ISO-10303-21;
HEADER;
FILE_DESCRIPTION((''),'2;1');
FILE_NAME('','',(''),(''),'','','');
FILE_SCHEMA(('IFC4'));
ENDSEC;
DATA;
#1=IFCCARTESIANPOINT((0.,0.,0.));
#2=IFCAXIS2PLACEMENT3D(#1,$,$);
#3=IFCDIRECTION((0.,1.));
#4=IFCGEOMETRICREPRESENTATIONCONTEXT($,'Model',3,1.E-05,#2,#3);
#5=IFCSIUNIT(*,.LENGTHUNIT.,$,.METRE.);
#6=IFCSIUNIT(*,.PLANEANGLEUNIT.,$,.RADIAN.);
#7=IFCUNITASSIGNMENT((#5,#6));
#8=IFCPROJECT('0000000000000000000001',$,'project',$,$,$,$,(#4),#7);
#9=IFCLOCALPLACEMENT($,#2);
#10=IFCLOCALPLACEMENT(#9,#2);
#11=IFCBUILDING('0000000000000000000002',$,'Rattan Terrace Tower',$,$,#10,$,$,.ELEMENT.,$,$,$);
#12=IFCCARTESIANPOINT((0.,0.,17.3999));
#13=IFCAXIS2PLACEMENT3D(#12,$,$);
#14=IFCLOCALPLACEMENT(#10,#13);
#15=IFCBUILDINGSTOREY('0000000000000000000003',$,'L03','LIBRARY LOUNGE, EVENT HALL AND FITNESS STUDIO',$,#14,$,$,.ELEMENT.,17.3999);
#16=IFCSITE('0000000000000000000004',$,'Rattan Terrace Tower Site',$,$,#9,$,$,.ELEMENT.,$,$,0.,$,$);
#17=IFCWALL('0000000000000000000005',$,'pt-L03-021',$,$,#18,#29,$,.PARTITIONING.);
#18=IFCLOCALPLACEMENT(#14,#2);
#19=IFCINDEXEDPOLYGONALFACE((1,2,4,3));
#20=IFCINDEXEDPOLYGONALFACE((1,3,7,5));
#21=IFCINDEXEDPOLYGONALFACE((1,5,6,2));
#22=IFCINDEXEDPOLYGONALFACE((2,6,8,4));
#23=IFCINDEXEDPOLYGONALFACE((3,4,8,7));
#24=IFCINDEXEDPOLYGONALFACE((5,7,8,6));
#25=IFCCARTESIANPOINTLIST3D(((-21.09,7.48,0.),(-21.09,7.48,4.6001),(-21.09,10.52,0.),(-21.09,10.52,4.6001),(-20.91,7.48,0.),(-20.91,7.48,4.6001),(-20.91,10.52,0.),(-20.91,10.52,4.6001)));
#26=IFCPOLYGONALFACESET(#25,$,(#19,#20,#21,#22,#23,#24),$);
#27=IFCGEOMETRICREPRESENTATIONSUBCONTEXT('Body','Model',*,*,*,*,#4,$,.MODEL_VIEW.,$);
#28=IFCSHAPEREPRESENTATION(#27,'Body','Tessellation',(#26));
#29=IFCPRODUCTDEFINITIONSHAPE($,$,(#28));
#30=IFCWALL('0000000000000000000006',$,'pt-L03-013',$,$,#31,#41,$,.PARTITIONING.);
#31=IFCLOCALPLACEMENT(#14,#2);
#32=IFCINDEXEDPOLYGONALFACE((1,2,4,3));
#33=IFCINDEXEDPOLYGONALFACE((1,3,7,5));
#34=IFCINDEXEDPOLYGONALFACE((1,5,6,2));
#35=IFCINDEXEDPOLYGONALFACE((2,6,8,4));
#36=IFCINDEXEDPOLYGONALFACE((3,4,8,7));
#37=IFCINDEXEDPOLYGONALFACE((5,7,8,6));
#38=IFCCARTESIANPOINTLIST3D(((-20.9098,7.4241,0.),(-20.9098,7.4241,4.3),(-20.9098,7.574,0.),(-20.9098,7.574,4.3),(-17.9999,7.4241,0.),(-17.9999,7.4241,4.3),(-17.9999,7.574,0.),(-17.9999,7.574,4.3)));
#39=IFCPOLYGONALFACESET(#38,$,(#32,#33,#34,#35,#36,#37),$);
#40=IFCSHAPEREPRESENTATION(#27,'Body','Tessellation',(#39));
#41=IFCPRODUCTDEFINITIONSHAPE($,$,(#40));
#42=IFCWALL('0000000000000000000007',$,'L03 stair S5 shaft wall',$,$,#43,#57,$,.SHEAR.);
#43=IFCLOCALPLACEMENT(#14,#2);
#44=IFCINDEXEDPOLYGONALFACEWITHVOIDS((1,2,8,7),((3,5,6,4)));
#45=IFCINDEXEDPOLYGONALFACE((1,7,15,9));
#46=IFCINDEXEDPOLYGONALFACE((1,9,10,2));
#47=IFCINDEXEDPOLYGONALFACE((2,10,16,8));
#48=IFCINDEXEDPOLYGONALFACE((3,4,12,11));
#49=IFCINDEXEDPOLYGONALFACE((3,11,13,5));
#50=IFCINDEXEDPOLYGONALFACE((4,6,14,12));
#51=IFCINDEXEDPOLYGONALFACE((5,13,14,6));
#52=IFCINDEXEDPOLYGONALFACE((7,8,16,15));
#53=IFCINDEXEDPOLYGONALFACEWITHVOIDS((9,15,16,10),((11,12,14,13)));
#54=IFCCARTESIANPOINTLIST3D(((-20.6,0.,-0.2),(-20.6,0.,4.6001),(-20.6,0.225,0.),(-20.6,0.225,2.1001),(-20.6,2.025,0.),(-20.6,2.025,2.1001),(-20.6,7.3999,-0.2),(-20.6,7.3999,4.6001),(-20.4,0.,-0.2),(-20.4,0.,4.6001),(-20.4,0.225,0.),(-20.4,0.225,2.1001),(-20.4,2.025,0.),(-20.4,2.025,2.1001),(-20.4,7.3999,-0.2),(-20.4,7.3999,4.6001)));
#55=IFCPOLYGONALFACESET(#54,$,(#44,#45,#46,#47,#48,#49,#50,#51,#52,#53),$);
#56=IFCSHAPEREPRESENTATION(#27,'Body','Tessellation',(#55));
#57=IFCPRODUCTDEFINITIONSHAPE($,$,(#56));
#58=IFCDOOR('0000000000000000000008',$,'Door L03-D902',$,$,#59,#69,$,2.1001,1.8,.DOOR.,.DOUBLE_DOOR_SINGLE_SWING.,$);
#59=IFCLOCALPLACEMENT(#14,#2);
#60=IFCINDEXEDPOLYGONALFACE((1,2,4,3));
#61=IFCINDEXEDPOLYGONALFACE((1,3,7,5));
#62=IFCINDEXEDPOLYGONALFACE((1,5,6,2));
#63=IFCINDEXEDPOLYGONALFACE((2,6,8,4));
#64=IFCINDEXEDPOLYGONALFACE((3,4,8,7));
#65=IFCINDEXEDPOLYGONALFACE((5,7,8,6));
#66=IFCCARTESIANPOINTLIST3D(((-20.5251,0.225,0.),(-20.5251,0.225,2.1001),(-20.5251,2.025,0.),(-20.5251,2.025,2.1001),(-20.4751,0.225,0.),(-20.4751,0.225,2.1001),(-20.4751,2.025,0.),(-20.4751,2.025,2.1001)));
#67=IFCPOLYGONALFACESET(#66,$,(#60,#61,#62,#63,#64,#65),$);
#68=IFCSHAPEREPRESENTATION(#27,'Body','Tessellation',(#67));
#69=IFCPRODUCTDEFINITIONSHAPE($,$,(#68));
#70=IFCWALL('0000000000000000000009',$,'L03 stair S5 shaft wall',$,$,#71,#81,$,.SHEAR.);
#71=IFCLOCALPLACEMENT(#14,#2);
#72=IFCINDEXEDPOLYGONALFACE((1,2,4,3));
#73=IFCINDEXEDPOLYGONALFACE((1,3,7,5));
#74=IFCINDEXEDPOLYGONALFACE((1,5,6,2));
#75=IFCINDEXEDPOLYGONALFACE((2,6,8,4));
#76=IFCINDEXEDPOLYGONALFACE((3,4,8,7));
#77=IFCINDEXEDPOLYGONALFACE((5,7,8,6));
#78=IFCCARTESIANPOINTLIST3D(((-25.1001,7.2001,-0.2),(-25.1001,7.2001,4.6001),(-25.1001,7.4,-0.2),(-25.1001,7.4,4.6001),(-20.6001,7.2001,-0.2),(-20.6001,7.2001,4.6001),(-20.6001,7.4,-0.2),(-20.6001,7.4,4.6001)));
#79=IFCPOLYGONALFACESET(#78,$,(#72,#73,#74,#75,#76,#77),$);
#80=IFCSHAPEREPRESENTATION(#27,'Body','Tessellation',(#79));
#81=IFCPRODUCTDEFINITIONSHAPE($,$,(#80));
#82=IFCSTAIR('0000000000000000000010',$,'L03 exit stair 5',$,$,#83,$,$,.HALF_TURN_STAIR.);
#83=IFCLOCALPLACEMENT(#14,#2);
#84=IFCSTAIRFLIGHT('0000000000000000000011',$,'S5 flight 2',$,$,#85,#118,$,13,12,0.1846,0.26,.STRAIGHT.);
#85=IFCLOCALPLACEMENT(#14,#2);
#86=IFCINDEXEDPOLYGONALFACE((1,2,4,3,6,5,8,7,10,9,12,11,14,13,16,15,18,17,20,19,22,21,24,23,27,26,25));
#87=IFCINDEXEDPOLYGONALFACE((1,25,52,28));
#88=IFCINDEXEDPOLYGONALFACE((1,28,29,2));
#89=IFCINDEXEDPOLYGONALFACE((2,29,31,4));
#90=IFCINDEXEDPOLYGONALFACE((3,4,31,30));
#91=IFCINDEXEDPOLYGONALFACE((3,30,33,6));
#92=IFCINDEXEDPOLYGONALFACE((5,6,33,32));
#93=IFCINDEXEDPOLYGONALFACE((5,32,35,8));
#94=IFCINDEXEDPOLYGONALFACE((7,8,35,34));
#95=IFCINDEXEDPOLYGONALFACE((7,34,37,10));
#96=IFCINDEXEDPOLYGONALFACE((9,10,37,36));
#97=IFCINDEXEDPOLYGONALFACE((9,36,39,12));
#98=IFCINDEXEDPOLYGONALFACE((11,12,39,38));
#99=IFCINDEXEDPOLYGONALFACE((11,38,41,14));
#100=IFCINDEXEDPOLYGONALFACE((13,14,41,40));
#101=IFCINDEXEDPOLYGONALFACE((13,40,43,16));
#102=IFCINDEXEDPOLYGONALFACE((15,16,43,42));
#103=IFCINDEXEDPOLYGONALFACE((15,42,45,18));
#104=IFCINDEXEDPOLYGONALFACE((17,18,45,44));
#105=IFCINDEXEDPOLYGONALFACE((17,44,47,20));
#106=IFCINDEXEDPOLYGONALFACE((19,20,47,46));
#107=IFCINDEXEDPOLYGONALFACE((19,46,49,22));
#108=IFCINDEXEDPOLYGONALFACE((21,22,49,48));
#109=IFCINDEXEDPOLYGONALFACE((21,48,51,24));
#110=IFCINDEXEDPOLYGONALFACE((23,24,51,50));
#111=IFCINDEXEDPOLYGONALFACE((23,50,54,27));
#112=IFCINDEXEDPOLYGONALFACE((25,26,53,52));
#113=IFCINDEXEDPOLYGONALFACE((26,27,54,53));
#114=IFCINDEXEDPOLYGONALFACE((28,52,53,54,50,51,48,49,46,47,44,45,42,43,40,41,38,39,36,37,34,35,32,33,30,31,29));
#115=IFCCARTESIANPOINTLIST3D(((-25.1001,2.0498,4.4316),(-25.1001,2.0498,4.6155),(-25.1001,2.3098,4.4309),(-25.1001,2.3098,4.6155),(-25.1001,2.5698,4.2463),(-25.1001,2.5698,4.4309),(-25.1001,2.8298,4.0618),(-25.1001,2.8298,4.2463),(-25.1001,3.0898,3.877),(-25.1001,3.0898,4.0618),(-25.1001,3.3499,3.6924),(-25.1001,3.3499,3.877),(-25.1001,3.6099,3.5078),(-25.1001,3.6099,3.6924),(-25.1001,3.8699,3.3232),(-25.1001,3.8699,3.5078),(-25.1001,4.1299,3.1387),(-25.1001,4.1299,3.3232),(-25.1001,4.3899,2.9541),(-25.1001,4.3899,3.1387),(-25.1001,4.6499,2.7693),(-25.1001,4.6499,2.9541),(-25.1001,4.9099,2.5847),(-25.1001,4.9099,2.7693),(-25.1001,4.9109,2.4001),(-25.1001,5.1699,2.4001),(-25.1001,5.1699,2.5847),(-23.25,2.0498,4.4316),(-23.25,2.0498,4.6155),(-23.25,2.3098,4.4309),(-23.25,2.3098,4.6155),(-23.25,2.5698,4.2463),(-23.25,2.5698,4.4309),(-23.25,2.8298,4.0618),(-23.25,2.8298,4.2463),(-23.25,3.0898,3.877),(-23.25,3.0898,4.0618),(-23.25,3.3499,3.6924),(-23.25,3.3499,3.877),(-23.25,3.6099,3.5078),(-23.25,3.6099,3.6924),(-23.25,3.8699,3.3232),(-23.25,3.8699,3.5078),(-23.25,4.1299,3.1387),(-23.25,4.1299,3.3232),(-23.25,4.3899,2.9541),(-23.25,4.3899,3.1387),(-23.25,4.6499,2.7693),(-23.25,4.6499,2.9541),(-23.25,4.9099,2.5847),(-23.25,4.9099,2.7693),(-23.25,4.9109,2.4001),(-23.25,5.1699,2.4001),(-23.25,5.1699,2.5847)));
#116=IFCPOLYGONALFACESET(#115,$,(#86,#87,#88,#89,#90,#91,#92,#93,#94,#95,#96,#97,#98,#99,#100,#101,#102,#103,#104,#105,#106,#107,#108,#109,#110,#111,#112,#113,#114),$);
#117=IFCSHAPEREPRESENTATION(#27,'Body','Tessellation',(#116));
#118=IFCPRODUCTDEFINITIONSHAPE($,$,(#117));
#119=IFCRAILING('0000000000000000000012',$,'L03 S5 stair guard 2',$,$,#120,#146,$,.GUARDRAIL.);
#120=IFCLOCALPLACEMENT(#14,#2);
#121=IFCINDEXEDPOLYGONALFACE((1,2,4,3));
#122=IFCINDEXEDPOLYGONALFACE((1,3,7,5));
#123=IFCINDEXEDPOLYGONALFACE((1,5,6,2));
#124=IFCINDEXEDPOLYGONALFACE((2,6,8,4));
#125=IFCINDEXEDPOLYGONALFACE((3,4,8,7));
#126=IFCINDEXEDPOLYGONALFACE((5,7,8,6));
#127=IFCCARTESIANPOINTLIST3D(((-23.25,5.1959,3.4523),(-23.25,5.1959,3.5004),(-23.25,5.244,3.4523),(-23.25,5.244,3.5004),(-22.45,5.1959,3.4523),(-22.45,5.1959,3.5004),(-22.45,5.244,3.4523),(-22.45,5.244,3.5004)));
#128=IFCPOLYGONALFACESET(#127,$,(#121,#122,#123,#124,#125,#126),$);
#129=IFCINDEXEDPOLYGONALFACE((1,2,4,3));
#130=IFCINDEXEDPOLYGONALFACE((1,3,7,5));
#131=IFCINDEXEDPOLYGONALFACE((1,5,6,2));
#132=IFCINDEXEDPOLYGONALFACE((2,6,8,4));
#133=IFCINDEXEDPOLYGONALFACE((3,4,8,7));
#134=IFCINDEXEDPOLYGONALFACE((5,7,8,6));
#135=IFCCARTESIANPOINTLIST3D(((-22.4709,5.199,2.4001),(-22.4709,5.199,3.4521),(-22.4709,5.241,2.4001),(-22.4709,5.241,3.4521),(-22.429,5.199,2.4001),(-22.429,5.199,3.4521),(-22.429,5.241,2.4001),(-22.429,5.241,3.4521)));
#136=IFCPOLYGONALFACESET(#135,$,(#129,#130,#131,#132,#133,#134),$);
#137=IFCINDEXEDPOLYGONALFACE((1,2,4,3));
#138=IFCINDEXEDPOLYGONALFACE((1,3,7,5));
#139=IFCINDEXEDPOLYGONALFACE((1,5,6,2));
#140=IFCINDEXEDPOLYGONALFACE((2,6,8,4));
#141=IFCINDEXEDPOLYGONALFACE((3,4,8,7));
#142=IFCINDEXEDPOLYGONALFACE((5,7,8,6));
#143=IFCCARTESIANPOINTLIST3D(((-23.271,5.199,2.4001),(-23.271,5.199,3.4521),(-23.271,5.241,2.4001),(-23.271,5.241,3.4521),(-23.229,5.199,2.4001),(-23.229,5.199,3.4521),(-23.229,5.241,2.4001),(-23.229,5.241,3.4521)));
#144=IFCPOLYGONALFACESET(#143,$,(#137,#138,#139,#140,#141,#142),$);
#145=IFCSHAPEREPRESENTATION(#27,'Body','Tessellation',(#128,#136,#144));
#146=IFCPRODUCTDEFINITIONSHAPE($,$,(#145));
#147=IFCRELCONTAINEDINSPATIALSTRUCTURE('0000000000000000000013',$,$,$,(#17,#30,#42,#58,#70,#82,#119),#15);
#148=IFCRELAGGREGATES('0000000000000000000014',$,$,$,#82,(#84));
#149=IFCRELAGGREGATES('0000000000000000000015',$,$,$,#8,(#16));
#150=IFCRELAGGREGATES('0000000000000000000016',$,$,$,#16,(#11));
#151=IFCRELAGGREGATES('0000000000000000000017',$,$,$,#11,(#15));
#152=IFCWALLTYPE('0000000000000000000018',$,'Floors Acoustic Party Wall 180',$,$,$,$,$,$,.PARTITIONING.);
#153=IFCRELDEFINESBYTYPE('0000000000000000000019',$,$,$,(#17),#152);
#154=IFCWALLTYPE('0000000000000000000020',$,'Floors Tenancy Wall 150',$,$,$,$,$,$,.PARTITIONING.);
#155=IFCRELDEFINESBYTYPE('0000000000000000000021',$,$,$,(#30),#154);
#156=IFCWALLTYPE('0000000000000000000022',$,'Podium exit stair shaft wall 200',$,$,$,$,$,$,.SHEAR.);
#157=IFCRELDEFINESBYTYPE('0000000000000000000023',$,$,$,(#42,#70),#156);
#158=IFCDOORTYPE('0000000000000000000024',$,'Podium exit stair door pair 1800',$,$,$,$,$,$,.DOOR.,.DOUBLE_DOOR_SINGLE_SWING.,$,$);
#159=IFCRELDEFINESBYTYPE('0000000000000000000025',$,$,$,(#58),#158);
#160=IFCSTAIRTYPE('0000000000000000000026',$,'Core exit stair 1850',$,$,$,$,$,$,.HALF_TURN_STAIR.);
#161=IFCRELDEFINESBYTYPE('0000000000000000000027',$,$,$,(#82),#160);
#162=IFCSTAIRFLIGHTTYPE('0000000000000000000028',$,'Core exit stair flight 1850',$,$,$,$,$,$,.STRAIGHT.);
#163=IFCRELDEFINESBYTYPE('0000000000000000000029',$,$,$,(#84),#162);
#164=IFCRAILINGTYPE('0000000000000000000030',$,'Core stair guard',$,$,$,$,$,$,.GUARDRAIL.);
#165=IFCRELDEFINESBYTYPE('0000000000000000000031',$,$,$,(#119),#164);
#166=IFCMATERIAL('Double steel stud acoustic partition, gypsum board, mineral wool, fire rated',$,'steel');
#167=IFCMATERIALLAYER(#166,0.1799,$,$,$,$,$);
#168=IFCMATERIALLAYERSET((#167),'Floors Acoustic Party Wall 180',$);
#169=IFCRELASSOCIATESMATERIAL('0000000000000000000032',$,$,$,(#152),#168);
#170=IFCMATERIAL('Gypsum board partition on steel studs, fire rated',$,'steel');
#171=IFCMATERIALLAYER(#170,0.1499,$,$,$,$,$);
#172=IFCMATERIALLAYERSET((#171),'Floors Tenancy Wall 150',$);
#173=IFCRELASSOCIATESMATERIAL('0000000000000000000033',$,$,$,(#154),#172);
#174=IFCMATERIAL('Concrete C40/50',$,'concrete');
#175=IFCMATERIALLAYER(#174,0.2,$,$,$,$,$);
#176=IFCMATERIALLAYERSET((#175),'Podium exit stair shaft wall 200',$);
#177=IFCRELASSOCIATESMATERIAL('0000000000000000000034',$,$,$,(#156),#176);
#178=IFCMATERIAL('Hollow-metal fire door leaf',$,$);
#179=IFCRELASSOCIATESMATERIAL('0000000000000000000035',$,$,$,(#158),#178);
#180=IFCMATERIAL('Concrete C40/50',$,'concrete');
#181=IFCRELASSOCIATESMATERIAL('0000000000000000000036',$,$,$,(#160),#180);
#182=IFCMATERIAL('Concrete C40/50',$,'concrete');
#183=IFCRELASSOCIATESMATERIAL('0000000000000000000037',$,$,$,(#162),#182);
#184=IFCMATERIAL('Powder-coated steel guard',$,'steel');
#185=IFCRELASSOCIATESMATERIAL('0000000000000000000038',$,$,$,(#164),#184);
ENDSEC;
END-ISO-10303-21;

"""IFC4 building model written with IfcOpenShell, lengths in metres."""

from ifc_helpers import new_model, si_unit, direction, frame, frame_2d, origin, origin_2d, place, context, subcontext, project, spatial, polyline, rectangle, outline, extrude, material, layer, layer_set, type_object, element, fill, aggregate, save


model = new_model("IFC4")

# Units and contexts
model_context = context("Model", 3, precision=1e-05, world=origin(), true_north=direction((0.0, 1.0)))
body_context = subcontext(model_context, "Body", "Model", "MODEL_VIEW")
ifc_project = project(units=[si_unit("LENGTHUNIT", "METRE"), si_unit("PLANEANGLEUNIT", "RADIAN")], contexts=[model_context])

# Site, building, storey
site_placement = place(None, origin())
site = spatial("IfcSite", under=ifc_project, at=site_placement, Name="Rattan Terrace Tower Site", CompositionType="ELEMENT", RefElevation=0.0)
building_placement = place(site_placement, origin())
building = spatial("IfcBuilding", under=site, at=building_placement, Name="Rattan Terrace Tower", CompositionType="ELEMENT")
storey_placement = place(building_placement, frame((0.0, 0.0, 17.3999)))
storey = spatial("IfcBuildingStorey", under=building, at=storey_placement, Name="L03", Description="LIBRARY LOUNGE, EVENT HALL AND FITNESS STUDIO", CompositionType="ELEMENT", Elevation=17.3999)

# Walls
ifc_material_1 = material(Name="Double steel stud acoustic partition, gypsum board, mineral wool, fire rated", Category="steel")
ifc_layer_1 = layer(ifc_material_1, 0.1799)
ifc_layer_set_1 = layer_set([ifc_layer_1], Name="Floors Acoustic Party Wall 180")
wall_type_1 = type_object("IfcWallType", Name="Floors Acoustic Party Wall 180", PredefinedType="PARTITIONING", material=ifc_layer_set_1)
wall_1_placement = place(storey_placement, frame((-21.0, 10.52, 0.0), z_axis=(0.0, 0.0, 1.0), x_axis=(0.0, -1.0, 0.0)))
element("IfcWall", 1, at=wall_1_placement, inside=storey, type_object=wall_type_1, Name="pt-L03-021", PredefinedType="PARTITIONING", context=body_context, shape_type="SweptSolid", body=[
    extrude(rectangle(XDim=3.04, YDim=0.1799, at=frame_2d((1.52, 0.0))), origin(), (0.0, 0.0, 1.0), 4.6001),
])
ifc_material_2 = material(Name="Gypsum board partition on steel studs, fire rated", Category="steel")
ifc_layer_2 = layer(ifc_material_2, 0.1499)
ifc_layer_set_2 = layer_set([ifc_layer_2], Name="Floors Tenancy Wall 150")
wall_type_2 = type_object("IfcWallType", Name="Floors Tenancy Wall 150", PredefinedType="PARTITIONING", material=ifc_layer_set_2)
wall_2_placement = place(storey_placement, frame((-20.9099, 7.499, 0.0), z_axis=(0.0, 0.0, 1.0), x_axis=(1.0, 0.0, 0.0)))
element("IfcWall", 2, at=wall_2_placement, inside=storey, type_object=wall_type_2, Name="pt-L03-013", PredefinedType="PARTITIONING", context=body_context, shape_type="SweptSolid", body=[
    extrude(rectangle(XDim=2.9099, YDim=0.1499, at=frame_2d((1.4551, 0.0))), origin(), (0.0, 0.0, 1.0), 4.3),
])

# Wall, opening, door
ifc_material_3 = material(Name="Concrete C40/50", Category="concrete")
ifc_layer_3 = layer(ifc_material_3, 0.2)
ifc_layer_set_3 = layer_set([ifc_layer_3], Name="Podium exit stair shaft wall 200")
wall_type_3 = type_object("IfcWallType", Name="Podium exit stair shaft wall 200", PredefinedType="SHEAR", material=ifc_layer_set_3)
wall_3_placement = place(storey_placement, frame((-20.5, 7.3999, -0.2), z_axis=(0.0, 0.0, 1.0), x_axis=(0.0, -1.0, 0.0)))
wall_3 = element("IfcWall", 3, at=wall_3_placement, inside=storey, type_object=wall_type_3, Name="L03 stair S5 shaft wall", PredefinedType="SHEAR", context=body_context, shape_type="SweptSolid", body=[
    extrude(rectangle(XDim=7.3999, YDim=0.2, at=frame_2d((3.7, 0.0))), origin(), (0.0, 0.0, 1.0), 4.8),
])
opening_placement = place(wall_3_placement, frame((5.375, 0.0, 0.2)))
opening = element("IfcOpeningElement", 4, at=opening_placement, cuts=wall_3, PredefinedType="OPENING", context=body_context, shape_type="SweptSolid", body=[
    extrude(rectangle(XDim=1.8, YDim=2.1001, at=frame_2d((0.8999, 1.05))), frame((0.0, 0.1106, 0.0), z_axis=(0.0, -1.0, 0.0), x_axis=(1.0, 0.0, 0.0)), (0.0, 0.0, 1.0), 0.2209),
])
ifc_material_4 = material(Name="Hollow-metal fire door leaf")
door_type = type_object("IfcDoorType", Name="Podium exit stair door pair 1800", OperationType="DOUBLE_DOOR_SINGLE_SWING", PredefinedType="DOOR", material=ifc_material_4)
door_placement = place(opening_placement, origin())
door = element("IfcDoor", 5, at=door_placement, inside=storey, type_object=door_type, Name="Door L03-D902", OperationType="DOUBLE_DOOR_SINGLE_SWING", OverallHeight=2.1001, OverallWidth=1.8, PredefinedType="DOOR", context=body_context, shape_type="SweptSolid", body=[
    extrude(rectangle(XDim=1.8, YDim=2.1001, at=frame_2d((0.8999, 1.05))), frame((0.0, 0.0249, 0.0), z_axis=(0.0, -1.0, 0.0), x_axis=(1.0, 0.0, 0.0)), (0.0, 0.0, 1.0), 0.05),
])
fill(opening, door)

# Wall
wall_4_placement = place(storey_placement, frame((-25.1001, 7.3, -0.2), z_axis=(0.0, 0.0, 1.0), x_axis=(1.0, 0.0, 0.0)))
element("IfcWall", 6, at=wall_4_placement, inside=storey, type_object=wall_type_3, Name="L03 stair S5 shaft wall", PredefinedType="SHEAR", context=body_context, shape_type="SweptSolid", body=[
    extrude(rectangle(XDim=4.5, YDim=0.2, at=frame_2d((2.25, 0.0))), origin(), (0.0, 0.0, 1.0), 4.8),
])

# Stair, stair flight
ifc_material_5 = material(Name="Concrete C40/50", Category="concrete")
stair_type = type_object("IfcStairType", Name="Core exit stair 1850", PredefinedType="HALF_TURN_STAIR", material=ifc_material_5)
stair_placement = place(storey_placement, origin())
stair = element("IfcStair", 7, at=stair_placement, inside=storey, type_object=stair_type, Name="L03 exit stair 5", PredefinedType="HALF_TURN_STAIR")
ifc_material_6 = material(Name="Concrete C40/50", Category="concrete")
stair_flight_type = type_object("IfcStairFlightType", Name="Core exit stair flight 1850", PredefinedType="STRAIGHT", material=ifc_material_6)
stair_flight_placement = place(storey_placement, frame((-24.175, 5.1699, 2.4001), z_axis=(0.0, 0.0, 1.0), x_axis=(0.0, -1.0, 0.0)))
stair_flight = element("IfcStairFlight", 8, at=stair_flight_placement, type_object=stair_flight_type, Name="S5 flight 2", NumberOfRisers=13, NumberOfTreads=12, PredefinedType="STRAIGHT", RiserHeight=0.1846, TreadLength=0.26, context=body_context, shape_type="SweptSolid", body=[
    extrude(outline(polyline([(0.0, 0.0), (0.0, 0.1846), (0.26, 0.1846), (0.26, 0.3691), (0.52, 0.3691), (0.52, 0.554), (0.78, 0.554), (0.78, 0.7385), (1.04, 0.7385), (1.04, 0.9231), (1.3, 0.9231), (1.3, 1.1077), (1.5601, 1.1077), (1.5601, 1.2922), (1.8201, 1.2922), (1.8201, 1.4768), (2.0801, 1.4768), (2.0801, 1.6616), (2.3401, 1.6616), (2.3401, 1.8462), (2.6001, 1.8462), (2.6001, 2.0308), (2.8601, 2.0308), (2.8601, 2.2153), (3.1201, 2.2153), (3.1201, 2.3999), (3.1201, 2.0315), (0.259, 0.0), (0.0, 0.0)])), frame((0.0, 0.925, 0.0), z_axis=(0.0, -1.0, 0.0), x_axis=(1.0, 0.0, 0.0)), (0.0, 0.0, 1.0), 1.8501),
])
aggregate(stair, [stair_flight])

# Railing
ifc_material_7 = material(Name="Powder-coated steel guard", Category="steel")
railing_type = type_object("IfcRailingType", Name="Core stair guard", PredefinedType="GUARDRAIL", material=ifc_material_7)
railing_1_placement = place(storey_placement, frame((-22.45, 5.22, 2.4001)))
element("IfcRailing", 9, at=railing_1_placement, inside=storey, type_object=railing_type, Name="L03 S5 stair guard 2", PredefinedType="GUARDRAIL", context=body_context, shape_type="SweptSolid", body=[
    extrude(rectangle(XDim=0.0481, YDim=0.0481, at=origin_2d()), frame((0.0, 0.0, 1.0762), z_axis=(-1.0, 0.0, 0.0), x_axis=(0.0, -1.0, 0.0)), (0.0, 0.0, 1.0), 0.8),
    extrude(rectangle(XDim=0.042, YDim=0.042, at=origin_2d()), origin(), (0.0, 0.0, 1.0), 1.052),
    extrude(rectangle(XDim=0.042, YDim=0.042, at=origin_2d()), frame((-0.8, 0.0, 0.0)), (0.0, 0.0, 1.0), 1.052),
])

save(model, "model.ifc")
